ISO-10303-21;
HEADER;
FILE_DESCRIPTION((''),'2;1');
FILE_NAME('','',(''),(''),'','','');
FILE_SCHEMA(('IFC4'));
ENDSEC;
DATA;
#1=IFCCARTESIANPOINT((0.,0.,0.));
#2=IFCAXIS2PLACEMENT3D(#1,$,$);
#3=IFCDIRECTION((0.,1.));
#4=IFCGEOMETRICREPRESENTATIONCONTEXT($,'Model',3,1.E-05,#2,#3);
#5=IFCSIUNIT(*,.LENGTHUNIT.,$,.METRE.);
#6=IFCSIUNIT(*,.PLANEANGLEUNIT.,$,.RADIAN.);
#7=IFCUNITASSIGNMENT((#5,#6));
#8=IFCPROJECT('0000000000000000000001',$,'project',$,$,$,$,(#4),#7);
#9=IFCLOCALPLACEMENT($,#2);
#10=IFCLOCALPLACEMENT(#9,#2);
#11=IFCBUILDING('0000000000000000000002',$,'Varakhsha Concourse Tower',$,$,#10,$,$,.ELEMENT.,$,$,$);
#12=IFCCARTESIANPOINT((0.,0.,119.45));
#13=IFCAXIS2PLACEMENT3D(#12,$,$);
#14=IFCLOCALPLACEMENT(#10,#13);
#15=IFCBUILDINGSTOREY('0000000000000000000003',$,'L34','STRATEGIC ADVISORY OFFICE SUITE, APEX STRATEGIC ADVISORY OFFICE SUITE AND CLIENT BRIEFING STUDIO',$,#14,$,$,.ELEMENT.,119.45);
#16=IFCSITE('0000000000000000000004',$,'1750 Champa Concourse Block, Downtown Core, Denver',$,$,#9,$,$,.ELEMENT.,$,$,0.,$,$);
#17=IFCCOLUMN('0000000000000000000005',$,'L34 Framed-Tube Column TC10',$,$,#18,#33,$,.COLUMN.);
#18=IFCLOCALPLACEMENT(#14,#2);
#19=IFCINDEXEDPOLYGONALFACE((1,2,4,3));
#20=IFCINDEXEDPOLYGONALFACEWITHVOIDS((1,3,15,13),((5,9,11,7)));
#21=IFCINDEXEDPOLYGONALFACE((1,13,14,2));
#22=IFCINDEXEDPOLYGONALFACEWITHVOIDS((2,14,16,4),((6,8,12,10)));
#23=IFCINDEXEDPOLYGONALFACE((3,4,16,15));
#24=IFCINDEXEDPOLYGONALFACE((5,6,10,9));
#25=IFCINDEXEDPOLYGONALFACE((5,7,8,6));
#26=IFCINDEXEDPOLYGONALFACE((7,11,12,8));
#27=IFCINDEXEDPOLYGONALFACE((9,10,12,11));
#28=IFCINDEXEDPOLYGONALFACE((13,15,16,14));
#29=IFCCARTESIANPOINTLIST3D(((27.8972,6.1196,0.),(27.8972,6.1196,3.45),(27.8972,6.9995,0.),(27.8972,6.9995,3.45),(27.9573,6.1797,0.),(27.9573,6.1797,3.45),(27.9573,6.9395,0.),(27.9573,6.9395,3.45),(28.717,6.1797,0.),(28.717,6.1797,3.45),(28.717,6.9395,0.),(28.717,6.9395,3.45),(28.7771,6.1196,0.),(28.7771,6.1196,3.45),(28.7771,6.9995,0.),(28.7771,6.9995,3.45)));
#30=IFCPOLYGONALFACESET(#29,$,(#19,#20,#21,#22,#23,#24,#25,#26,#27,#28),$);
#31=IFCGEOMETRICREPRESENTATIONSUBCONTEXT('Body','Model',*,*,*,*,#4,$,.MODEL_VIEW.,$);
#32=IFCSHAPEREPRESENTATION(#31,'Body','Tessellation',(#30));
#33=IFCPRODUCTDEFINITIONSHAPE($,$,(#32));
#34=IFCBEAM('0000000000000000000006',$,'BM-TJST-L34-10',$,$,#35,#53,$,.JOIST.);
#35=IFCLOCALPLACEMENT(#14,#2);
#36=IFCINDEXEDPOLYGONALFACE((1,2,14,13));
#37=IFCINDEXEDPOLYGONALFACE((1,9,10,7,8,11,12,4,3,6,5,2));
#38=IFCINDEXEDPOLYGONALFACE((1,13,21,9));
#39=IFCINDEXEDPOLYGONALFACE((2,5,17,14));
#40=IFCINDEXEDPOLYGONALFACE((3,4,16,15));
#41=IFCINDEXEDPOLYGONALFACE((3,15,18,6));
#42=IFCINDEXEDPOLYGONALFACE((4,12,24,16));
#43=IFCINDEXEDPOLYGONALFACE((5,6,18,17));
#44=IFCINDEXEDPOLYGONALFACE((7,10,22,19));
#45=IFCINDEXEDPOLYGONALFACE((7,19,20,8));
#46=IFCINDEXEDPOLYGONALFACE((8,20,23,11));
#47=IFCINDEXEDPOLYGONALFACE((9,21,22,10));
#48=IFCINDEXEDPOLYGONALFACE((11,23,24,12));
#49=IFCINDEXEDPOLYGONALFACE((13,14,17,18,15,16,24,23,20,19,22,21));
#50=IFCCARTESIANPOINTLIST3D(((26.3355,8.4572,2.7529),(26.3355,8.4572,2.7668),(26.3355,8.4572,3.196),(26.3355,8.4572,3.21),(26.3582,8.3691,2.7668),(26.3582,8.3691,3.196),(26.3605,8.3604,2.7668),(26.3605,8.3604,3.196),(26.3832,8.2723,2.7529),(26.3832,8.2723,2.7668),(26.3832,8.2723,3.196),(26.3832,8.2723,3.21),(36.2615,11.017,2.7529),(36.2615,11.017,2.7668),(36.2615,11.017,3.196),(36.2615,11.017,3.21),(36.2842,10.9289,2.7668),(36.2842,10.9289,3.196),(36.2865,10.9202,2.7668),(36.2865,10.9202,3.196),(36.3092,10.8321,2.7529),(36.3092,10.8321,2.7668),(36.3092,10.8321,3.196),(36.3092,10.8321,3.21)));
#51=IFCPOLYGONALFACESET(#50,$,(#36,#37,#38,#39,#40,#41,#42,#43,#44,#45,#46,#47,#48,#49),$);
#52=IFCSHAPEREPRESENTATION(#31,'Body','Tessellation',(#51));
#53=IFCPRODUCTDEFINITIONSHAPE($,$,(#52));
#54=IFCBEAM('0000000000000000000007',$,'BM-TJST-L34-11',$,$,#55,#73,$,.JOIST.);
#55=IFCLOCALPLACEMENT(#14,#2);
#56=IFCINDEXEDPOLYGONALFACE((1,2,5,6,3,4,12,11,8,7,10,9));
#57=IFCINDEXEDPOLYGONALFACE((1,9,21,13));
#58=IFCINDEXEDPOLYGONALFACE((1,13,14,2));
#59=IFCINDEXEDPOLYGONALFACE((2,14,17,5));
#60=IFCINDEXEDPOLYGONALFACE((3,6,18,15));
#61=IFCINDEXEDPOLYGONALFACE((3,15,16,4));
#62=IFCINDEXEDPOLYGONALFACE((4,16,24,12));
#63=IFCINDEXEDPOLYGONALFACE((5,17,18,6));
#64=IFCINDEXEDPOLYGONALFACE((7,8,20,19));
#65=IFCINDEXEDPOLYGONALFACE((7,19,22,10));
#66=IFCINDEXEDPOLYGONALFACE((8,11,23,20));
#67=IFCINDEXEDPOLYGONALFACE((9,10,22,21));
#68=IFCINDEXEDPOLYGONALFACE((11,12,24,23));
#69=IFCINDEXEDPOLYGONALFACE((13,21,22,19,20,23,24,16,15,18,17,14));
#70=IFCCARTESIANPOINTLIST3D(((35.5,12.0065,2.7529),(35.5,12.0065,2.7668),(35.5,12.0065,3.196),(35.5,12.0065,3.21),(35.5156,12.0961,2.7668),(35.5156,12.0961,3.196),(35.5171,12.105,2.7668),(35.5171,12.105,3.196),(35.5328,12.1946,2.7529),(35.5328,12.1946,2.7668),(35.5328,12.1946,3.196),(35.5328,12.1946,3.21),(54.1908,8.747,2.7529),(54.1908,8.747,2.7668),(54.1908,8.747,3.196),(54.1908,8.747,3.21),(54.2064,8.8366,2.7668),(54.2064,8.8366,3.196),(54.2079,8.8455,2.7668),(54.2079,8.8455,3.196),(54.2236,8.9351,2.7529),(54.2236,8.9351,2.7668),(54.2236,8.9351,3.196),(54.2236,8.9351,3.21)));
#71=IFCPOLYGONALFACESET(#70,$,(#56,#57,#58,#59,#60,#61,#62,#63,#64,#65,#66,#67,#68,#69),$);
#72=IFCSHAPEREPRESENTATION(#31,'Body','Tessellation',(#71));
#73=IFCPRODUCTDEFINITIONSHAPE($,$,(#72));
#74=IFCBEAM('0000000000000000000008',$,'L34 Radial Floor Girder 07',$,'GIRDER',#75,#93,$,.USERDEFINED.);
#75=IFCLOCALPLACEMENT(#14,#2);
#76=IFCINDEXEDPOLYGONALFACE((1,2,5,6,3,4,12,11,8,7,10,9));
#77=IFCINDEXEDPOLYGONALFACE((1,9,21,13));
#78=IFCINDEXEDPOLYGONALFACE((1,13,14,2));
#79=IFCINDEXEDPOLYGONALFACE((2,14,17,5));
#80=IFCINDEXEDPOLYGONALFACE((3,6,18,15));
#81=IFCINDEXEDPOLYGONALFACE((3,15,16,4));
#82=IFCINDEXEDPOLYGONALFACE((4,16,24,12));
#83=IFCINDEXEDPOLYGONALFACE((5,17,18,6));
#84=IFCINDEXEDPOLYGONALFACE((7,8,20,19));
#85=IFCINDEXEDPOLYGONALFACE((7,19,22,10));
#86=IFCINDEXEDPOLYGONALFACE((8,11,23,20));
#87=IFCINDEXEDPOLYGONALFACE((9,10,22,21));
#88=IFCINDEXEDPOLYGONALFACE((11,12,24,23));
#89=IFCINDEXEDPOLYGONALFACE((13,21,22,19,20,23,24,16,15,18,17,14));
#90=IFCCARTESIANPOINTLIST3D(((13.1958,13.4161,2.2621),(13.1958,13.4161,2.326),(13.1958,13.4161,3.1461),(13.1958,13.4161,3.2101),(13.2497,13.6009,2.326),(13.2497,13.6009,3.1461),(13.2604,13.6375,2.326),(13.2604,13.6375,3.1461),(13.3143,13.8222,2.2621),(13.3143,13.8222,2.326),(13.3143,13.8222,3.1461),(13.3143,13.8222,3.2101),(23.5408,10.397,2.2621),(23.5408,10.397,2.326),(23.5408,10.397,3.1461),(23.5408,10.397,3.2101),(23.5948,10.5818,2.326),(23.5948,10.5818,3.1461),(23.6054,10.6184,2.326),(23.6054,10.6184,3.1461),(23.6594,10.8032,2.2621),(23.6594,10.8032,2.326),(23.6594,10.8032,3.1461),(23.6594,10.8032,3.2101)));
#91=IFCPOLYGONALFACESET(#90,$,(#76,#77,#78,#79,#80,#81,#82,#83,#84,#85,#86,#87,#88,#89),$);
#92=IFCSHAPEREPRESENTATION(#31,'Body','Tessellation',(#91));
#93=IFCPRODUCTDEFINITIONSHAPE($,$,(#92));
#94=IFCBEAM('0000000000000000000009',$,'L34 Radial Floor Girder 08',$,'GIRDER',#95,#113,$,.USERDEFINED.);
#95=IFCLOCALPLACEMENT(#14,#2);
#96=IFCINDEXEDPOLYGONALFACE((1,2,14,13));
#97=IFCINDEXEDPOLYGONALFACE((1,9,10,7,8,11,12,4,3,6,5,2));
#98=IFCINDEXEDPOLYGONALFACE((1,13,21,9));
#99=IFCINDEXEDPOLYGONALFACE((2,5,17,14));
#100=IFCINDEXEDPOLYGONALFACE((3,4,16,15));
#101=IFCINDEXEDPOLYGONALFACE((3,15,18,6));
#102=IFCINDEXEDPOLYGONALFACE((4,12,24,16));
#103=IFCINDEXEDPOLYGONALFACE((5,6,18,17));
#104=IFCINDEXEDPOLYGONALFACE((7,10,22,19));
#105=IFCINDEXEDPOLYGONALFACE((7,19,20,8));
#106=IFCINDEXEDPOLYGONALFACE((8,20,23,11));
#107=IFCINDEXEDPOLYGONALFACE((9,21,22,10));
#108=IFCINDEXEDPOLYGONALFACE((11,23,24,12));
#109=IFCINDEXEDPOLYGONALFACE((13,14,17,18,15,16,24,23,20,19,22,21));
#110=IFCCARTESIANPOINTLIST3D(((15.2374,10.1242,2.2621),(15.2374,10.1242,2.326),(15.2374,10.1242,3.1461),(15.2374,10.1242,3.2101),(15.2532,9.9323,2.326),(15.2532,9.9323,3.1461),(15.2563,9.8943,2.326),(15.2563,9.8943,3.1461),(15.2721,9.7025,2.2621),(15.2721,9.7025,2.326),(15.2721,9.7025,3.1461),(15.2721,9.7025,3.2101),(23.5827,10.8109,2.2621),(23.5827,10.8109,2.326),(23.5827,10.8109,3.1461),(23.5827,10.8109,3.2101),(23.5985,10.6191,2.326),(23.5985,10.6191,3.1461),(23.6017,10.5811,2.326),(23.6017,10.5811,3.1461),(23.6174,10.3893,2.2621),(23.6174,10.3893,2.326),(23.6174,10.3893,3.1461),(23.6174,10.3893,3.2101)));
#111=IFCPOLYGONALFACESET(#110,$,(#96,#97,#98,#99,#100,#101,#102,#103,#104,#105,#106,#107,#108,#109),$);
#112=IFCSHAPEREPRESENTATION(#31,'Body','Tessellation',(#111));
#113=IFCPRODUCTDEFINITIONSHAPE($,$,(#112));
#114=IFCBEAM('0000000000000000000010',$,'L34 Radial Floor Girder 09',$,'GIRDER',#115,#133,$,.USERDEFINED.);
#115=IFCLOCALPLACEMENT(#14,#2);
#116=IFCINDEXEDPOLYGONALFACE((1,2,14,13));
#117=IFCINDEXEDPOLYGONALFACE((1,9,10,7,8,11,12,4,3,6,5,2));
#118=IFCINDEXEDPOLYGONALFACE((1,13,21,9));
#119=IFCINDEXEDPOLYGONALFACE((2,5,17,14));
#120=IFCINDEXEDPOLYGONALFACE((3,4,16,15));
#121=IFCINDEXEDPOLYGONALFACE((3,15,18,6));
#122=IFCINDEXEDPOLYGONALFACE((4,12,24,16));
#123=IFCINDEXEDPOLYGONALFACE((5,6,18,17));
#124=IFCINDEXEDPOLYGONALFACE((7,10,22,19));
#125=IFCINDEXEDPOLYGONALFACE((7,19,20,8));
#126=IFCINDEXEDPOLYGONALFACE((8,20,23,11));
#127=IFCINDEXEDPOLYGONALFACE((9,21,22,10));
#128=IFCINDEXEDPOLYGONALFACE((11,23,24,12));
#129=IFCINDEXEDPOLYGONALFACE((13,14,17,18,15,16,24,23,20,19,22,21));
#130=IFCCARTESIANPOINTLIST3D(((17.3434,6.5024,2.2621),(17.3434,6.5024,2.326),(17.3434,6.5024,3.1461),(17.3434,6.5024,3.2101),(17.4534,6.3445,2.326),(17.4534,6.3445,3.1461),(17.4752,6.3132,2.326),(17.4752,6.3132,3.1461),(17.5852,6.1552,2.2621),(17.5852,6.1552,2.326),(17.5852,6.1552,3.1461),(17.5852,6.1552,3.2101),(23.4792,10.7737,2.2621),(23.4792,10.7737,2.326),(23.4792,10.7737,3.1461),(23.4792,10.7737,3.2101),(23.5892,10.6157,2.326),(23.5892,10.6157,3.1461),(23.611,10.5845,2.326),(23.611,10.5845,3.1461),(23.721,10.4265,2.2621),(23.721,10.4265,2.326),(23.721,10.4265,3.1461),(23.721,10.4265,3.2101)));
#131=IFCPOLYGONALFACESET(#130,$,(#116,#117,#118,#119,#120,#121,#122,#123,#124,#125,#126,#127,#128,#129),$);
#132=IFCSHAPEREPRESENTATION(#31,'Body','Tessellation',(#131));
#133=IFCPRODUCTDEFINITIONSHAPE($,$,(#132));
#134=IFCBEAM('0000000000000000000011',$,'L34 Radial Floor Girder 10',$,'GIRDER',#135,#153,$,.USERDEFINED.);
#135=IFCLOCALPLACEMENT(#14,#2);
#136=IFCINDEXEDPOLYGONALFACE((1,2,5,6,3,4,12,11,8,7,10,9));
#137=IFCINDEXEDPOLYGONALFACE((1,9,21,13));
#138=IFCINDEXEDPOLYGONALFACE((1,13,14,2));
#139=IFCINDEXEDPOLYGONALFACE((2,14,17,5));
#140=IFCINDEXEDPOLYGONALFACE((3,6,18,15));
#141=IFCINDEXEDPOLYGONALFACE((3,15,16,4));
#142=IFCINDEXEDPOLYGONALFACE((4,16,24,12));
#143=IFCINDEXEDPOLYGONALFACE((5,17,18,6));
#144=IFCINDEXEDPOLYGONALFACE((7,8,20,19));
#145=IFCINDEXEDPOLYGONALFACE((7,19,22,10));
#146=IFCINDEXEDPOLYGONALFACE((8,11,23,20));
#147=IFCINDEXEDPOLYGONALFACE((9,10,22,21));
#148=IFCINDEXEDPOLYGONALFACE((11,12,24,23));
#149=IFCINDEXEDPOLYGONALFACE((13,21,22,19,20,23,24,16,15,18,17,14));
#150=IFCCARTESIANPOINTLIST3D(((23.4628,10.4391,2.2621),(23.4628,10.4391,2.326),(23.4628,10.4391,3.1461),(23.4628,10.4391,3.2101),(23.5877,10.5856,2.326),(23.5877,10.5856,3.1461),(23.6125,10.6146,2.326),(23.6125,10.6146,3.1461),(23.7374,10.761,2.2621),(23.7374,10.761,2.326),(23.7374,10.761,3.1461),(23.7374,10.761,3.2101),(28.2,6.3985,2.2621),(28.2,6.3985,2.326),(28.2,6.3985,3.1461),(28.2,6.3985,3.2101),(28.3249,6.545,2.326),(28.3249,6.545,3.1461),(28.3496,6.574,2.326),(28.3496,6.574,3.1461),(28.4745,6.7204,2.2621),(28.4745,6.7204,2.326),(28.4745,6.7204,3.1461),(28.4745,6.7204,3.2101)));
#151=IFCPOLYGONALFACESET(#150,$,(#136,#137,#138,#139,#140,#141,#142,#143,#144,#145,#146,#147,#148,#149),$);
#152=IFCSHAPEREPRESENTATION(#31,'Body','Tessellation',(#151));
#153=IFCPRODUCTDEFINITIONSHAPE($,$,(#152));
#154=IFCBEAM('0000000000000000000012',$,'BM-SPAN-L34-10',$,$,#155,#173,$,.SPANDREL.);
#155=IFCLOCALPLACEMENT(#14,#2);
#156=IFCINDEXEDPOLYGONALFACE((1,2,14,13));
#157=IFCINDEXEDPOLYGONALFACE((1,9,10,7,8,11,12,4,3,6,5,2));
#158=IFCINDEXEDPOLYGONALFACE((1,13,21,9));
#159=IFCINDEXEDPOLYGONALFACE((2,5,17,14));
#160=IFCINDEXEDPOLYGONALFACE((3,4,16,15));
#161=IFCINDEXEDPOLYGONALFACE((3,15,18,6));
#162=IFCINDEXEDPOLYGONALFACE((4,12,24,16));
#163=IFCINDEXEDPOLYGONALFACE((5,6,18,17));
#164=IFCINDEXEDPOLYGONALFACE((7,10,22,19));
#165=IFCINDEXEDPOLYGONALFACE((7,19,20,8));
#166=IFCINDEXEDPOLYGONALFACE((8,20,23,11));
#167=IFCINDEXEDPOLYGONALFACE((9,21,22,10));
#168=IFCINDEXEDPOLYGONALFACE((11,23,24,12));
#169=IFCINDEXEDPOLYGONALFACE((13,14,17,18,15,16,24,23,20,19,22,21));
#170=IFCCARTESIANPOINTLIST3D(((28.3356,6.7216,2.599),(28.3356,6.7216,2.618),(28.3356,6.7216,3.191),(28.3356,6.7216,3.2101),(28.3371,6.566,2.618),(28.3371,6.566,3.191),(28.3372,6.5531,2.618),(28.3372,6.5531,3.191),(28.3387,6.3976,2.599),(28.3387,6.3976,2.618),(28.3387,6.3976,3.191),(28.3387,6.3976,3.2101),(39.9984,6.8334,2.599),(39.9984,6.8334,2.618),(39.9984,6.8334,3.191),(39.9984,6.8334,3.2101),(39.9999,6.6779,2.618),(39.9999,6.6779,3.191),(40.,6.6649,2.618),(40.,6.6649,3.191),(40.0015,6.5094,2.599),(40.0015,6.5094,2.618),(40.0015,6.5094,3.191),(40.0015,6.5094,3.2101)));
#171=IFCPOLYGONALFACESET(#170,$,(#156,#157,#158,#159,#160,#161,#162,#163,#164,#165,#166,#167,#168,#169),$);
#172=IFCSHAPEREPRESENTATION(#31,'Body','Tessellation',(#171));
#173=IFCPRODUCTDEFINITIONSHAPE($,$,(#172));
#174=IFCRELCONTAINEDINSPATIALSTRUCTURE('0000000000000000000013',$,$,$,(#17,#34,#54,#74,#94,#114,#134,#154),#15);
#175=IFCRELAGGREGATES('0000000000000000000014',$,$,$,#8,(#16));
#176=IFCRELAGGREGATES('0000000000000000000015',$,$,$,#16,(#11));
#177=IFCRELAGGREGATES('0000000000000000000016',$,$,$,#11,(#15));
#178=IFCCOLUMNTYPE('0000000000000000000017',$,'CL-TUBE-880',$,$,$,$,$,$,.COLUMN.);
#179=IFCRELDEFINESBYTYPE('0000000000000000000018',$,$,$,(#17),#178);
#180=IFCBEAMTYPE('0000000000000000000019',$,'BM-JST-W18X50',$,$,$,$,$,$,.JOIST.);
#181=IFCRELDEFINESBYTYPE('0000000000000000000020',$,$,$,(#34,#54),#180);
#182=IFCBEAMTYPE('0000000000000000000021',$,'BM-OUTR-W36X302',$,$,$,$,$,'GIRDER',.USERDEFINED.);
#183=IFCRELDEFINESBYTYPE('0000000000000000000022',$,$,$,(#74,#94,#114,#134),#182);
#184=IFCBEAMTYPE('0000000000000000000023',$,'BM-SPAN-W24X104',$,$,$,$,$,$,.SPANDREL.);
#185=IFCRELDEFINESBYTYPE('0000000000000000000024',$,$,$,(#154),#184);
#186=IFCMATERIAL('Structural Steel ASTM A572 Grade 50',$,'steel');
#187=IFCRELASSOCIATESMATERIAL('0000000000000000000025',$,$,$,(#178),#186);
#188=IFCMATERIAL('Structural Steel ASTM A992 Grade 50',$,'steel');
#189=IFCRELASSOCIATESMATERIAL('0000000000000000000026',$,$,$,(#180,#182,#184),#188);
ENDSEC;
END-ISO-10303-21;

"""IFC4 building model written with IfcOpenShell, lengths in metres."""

from ifc_helpers import new_model, si_unit, direction, frame, origin, origin_2d, place, context, subcontext, project, spatial, hollow_rectangle, i_section, extrude, material, material_profile, profile_set, type_object, element, save


model = new_model("IFC4")

# Units and contexts
model_context = context("Model", 3, precision=1e-05, world=origin(), true_north=direction((0.0, 1.0)))
body_context = subcontext(model_context, "Body", "Model", "MODEL_VIEW")
ifc_project = project(units=[si_unit("LENGTHUNIT", "METRE"), si_unit("PLANEANGLEUNIT", "RADIAN")], contexts=[model_context])

# Site, building, storey
site_placement = place(None, origin())
site = spatial("IfcSite", under=ifc_project, at=site_placement, Name="1750 Champa Concourse Block, Downtown Core, Denver", CompositionType="ELEMENT", RefElevation=0.0)
building_placement = place(site_placement, origin())
building = spatial("IfcBuilding", under=site, at=building_placement, Name="Varakhsha Concourse Tower", CompositionType="ELEMENT")
storey_placement = place(building_placement, frame((0.0, 0.0, 119.45)))
storey = spatial("IfcBuildingStorey", under=building, at=storey_placement, Name="L34", Description="STRATEGIC ADVISORY OFFICE SUITE, APEX STRATEGIC ADVISORY OFFICE SUITE AND CLIENT BRIEFING STUDIO", CompositionType="ELEMENT", Elevation=119.45)

# Column
ifc_material_1 = material(Name="Structural Steel ASTM A572 Grade 50", Category="steel")
ifc_material_profile_1 = material_profile(ifc_material_1, hollow_rectangle(XDim=0.8799, YDim=0.8799, WallThickness=0.0601, at=origin_2d()), Name="BOX 880x880x60")
ifc_profile_set_1 = profile_set([ifc_material_profile_1], Name="Structural Steel ASTM A572 Grade 50")
column_type = type_object("IfcColumnType", Name="CL-TUBE-880", PredefinedType="COLUMN", material=ifc_profile_set_1)
column_placement = place(storey_placement, frame((28.3372, 6.5596, 0.0), z_axis=(0.0, 0.0, 1.0), x_axis=(1.0, 0.0, 0.0)))
element("IfcColumn", 1, at=column_placement, inside=storey, type_object=column_type, Name="L34 Framed-Tube Column TC10", PredefinedType="COLUMN", context=body_context, shape_type="SweptSolid", body=[
    extrude(hollow_rectangle(XDim=0.8799, YDim=0.8799, WallThickness=0.0601, at=origin_2d()), origin(), (0.0, 0.0, 1.0), 3.45),
])

# Beams
ifc_material_2 = material(Name="Structural Steel ASTM A992 Grade 50", Category="steel")
ifc_material_profile_2 = material_profile(ifc_material_2, i_section(OverallWidth=0.1909, OverallDepth=0.457, WebThickness=0.009, FlangeThickness=0.0139, at=origin_2d()), Name="W18X50")
ifc_profile_set_2 = profile_set([ifc_material_profile_2], Name="Structural Steel ASTM A992 Grade 50")
beam_type_1 = type_object("IfcBeamType", Name="BM-JST-W18X50", PredefinedType="JOIST", material=ifc_profile_set_2)
beam_1_placement = place(storey_placement, frame((26.3594, 8.3647, 2.9814), z_axis=(0.968318, 0.249719, 0.0), x_axis=(-0.249719, 0.968318, 0.0)))
element("IfcBeam", 2, at=beam_1_placement, inside=storey, type_object=beam_type_1, Name="BM-TJST-L34-10", PredefinedType="JOIST", context=body_context, shape_type="SweptSolid", body=[
    extrude(i_section(OverallWidth=0.1909, OverallDepth=0.457, WebThickness=0.009, FlangeThickness=0.0139, at=origin_2d()), origin(), (0.0, 0.0, 1.0), 10.2507),
])
beam_2_placement = place(storey_placement, frame((35.5164, 12.1006, 2.9814), z_axis=(0.985132, -0.171798, 0.0), x_axis=(0.171798, 0.985132, 0.0)))
element("IfcBeam", 3, at=beam_2_placement, inside=storey, type_object=beam_type_1, Name="BM-TJST-L34-11", PredefinedType="JOIST", context=body_context, shape_type="SweptSolid", body=[
    extrude(i_section(OverallWidth=0.1909, OverallDepth=0.457, WebThickness=0.009, FlangeThickness=0.0139, at=origin_2d()), origin(), (0.0, 0.0, 1.0), 18.9729),
])
ifc_material_profile_3 = material_profile(ifc_material_2, i_section(OverallWidth=0.4231, OverallDepth=0.948, WebThickness=0.0381, FlangeThickness=0.064, at=origin_2d()), Name="W36X302")
ifc_profile_set_3 = profile_set([ifc_material_profile_3], Name="Structural Steel ASTM A992 Grade 50")
beam_type_2 = type_object("IfcBeamType", Name="BM-OUTR-W36X302", ElementType="GIRDER", PredefinedType="USERDEFINED", material=ifc_profile_set_3)
beam_3_placement = place(storey_placement, frame((23.6001, 10.6001, 2.7361), z_axis=(-0.959956, 0.28015, 0.0), x_axis=(-0.28015, -0.959956, 0.0)))
element("IfcBeam", 4, at=beam_3_placement, inside=storey, type_object=beam_type_2, Name="L34 Radial Floor Girder 07", ObjectType="GIRDER", PredefinedType="USERDEFINED", context=body_context, shape_type="SweptSolid", body=[
    extrude(i_section(OverallWidth=0.4231, OverallDepth=0.948, WebThickness=0.0381, FlangeThickness=0.064, at=origin_2d()), origin(), (0.0, 0.0, 1.0), 10.7766),
])
beam_4_placement = place(storey_placement, frame((23.6001, 10.6001, 2.7361), z_axis=(-0.996631, -0.082018, 0.0), x_axis=(0.082018, -0.996631, 0.0)))
element("IfcBeam", 5, at=beam_4_placement, inside=storey, type_object=beam_type_2, Name="L34 Radial Floor Girder 08", ObjectType="GIRDER", PredefinedType="USERDEFINED", context=body_context, shape_type="SweptSolid", body=[
    extrude(i_section(OverallWidth=0.4231, OverallDepth=0.948, WebThickness=0.0381, FlangeThickness=0.064, at=origin_2d()), origin(), (0.0, 0.0, 1.0), 8.3735),
])
beam_5_placement = place(storey_placement, frame((23.6001, 10.6001, 2.7361), z_axis=(-0.820723, -0.571326, 0.0), x_axis=(0.571326, -0.820723, 0.0)))
element("IfcBeam", 6, at=beam_5_placement, inside=storey, type_object=beam_type_2, Name="L34 Radial Floor Girder 09", ObjectType="GIRDER", PredefinedType="USERDEFINED", context=body_context, shape_type="SweptSolid", body=[
    extrude(i_section(OverallWidth=0.4231, OverallDepth=0.948, WebThickness=0.0381, FlangeThickness=0.064, at=origin_2d()), origin(), (0.0, 0.0, 1.0), 7.4761),
])
beam_6_placement = place(storey_placement, frame((23.6001, 10.6001, 2.7361), z_axis=(0.760827, -0.648955, 0.0), x_axis=(0.648955, 0.760827, 0.0)))
element("IfcBeam", 7, at=beam_6_placement, inside=storey, type_object=beam_type_2, Name="L34 Radial Floor Girder 10", ObjectType="GIRDER", PredefinedType="USERDEFINED", context=body_context, shape_type="SweptSolid", body=[
    extrude(i_section(OverallWidth=0.4231, OverallDepth=0.948, WebThickness=0.0381, FlangeThickness=0.064, at=origin_2d()), origin(), (0.0, 0.0, 1.0), 6.2263),
])
ifc_material_profile_4 = material_profile(ifc_material_2, i_section(OverallWidth=0.324, OverallDepth=0.6111, WebThickness=0.0129, FlangeThickness=0.019, at=origin_2d()), Name="W24X104")
ifc_profile_set_4 = profile_set([ifc_material_profile_4], Name="Structural Steel ASTM A992 Grade 50")
beam_type_3 = type_object("IfcBeamType", Name="BM-SPAN-W24X104", PredefinedType="SPANDREL", material=ifc_profile_set_4)
beam_7_placement = place(storey_placement, frame((28.3372, 6.5596, 2.9045), z_axis=(0.999954, 0.009587, 0.0), x_axis=(-0.009587, 0.999954, 0.0)))
element("IfcBeam", 8, at=beam_7_placement, inside=storey, type_object=beam_type_3, Name="BM-SPAN-L34-10", PredefinedType="SPANDREL", context=body_context, shape_type="SweptSolid", body=[
    extrude(i_section(OverallWidth=0.324, OverallDepth=0.6111, WebThickness=0.0129, FlangeThickness=0.019, at=origin_2d()), origin(), (0.0, 0.0, 1.0), 11.6633),
])

save(model, "model.ifc")
